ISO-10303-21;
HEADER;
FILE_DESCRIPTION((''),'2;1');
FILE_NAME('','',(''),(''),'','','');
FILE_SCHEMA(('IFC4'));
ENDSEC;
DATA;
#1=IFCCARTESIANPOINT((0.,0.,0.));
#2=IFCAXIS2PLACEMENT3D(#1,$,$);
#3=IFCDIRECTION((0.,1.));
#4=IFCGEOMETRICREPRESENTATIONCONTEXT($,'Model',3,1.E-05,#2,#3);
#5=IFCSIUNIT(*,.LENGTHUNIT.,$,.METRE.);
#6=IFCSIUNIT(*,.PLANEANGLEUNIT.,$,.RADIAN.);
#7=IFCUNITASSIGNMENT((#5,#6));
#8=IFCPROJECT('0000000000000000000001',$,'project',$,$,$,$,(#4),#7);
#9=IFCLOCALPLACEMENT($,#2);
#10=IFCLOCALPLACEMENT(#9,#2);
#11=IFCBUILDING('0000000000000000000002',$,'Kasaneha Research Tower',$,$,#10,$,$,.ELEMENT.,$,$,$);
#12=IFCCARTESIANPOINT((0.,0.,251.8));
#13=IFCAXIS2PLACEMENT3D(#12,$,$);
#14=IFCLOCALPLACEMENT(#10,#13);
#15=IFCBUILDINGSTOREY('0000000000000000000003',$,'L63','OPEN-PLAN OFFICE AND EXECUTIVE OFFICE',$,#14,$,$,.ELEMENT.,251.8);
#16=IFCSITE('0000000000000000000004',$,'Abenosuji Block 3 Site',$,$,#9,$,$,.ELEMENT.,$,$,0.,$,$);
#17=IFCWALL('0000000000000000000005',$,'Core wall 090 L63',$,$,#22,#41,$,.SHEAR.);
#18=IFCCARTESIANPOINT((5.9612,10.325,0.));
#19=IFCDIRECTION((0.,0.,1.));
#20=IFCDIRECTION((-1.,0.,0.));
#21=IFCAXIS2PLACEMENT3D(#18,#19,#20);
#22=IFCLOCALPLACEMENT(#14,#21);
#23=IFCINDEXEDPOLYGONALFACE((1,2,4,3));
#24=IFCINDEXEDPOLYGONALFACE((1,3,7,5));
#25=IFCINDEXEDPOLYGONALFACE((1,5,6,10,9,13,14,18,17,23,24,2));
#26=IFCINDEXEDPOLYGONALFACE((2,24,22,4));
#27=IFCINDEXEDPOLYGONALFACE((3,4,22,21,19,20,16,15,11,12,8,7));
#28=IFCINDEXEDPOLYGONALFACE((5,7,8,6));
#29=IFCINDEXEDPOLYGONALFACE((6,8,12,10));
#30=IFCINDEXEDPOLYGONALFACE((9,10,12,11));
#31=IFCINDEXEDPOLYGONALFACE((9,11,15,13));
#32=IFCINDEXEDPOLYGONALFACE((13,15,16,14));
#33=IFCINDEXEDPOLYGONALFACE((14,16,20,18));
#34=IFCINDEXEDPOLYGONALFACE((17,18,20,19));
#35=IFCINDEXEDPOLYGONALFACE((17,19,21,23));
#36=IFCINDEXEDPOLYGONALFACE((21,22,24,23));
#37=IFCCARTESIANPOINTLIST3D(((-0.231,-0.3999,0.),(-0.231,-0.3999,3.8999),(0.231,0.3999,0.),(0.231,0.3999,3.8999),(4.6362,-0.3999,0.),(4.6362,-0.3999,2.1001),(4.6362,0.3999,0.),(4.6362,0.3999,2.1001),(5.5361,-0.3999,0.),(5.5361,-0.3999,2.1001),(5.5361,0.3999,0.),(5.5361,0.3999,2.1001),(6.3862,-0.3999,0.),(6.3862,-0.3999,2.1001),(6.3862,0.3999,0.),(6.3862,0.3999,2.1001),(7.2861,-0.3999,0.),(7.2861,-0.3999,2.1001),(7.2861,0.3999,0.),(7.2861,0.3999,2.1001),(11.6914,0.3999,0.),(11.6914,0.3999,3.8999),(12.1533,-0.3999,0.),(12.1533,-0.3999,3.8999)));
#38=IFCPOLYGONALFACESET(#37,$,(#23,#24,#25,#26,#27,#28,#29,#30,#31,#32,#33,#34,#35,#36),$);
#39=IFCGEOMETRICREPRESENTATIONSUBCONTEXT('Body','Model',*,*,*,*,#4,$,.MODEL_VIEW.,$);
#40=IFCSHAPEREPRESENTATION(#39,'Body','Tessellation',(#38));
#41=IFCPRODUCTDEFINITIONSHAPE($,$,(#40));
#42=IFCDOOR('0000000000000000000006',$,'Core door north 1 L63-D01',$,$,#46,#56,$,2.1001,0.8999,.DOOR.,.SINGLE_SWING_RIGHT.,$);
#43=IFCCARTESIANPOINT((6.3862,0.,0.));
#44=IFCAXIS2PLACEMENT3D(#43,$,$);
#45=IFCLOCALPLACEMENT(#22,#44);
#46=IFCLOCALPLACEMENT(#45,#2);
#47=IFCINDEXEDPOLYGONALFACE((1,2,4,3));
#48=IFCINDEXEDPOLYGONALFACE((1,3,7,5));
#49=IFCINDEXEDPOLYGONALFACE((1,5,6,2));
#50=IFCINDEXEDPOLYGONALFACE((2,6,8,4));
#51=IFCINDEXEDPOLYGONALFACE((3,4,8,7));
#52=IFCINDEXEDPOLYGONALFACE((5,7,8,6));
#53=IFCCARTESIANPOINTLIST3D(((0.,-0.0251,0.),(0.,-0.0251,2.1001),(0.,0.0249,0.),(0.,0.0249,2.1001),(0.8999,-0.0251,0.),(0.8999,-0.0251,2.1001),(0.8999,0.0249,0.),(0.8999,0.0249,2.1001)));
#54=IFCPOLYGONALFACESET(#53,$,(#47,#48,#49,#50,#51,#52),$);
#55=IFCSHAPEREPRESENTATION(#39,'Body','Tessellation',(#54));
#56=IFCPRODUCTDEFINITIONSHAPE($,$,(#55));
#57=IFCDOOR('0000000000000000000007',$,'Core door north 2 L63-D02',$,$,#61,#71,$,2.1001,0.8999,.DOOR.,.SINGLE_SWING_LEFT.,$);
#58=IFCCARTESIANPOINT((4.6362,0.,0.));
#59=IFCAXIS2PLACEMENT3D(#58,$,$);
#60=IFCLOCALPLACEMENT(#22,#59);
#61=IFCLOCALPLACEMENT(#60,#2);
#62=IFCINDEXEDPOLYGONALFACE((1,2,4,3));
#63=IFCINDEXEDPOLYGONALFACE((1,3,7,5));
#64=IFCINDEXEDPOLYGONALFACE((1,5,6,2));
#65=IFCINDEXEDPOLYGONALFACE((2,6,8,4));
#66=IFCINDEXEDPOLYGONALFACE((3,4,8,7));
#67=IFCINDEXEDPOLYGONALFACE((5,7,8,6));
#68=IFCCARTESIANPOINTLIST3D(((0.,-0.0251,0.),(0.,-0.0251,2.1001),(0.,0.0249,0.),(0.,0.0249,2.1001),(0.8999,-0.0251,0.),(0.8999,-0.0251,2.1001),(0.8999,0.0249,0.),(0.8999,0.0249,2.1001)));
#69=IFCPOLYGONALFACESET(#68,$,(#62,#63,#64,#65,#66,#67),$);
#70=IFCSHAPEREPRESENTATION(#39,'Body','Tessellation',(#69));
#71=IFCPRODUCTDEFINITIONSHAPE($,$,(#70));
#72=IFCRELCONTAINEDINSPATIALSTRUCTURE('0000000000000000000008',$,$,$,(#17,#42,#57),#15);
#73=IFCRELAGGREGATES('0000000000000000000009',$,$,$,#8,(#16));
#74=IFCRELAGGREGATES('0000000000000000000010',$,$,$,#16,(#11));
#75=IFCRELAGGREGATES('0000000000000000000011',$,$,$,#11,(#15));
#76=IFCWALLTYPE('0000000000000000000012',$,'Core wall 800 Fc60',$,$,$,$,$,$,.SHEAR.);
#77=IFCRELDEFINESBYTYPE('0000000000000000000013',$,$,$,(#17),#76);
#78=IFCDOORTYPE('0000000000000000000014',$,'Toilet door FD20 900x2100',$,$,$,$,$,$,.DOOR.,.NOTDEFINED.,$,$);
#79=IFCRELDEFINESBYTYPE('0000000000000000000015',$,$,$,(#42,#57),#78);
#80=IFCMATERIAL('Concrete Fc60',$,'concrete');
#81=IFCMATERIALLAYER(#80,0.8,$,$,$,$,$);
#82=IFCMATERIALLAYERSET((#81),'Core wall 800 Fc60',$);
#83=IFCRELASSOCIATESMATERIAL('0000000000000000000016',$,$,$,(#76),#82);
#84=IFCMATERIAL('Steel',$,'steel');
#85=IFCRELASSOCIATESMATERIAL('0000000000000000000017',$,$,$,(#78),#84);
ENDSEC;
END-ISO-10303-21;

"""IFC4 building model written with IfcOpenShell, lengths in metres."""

from ifc_helpers import new_model, si_unit, direction, frame, frame_2d, origin, place, context, subcontext, project, spatial, polyline, rectangle, outline, extrude, material, layer, layer_set, type_object, element, fill, save


model = new_model("IFC4")

# Units and contexts
model_context = context("Model", 3, precision=1e-05, world=origin(), true_north=direction((0.0, 1.0)))
body_context = subcontext(model_context, "Body", "Model", "MODEL_VIEW")
ifc_project = project(units=[si_unit("LENGTHUNIT", "METRE"), si_unit("PLANEANGLEUNIT", "RADIAN")], contexts=[model_context])

# Site, building, storey
site_placement = place(None, origin())
site = spatial("IfcSite", under=ifc_project, at=site_placement, Name="Abenosuji Block 3 Site", CompositionType="ELEMENT", RefElevation=0.0)
building_placement = place(site_placement, origin())
building = spatial("IfcBuilding", under=site, at=building_placement, Name="Kasaneha Research Tower", CompositionType="ELEMENT")
storey_placement = place(building_placement, frame((0.0, 0.0, 251.8)))
storey = spatial("IfcBuildingStorey", under=building, at=storey_placement, Name="L63", Description="OPEN-PLAN OFFICE AND EXECUTIVE OFFICE", CompositionType="ELEMENT", Elevation=251.8)

# Wall, openings, doors
ifc_material_1 = material(Name="Concrete Fc60", Category="concrete")
ifc_layer_1 = layer(ifc_material_1, 0.8)
ifc_layer_set_1 = layer_set([ifc_layer_1], Name="Core wall 800 Fc60")
wall_type_1 = type_object("IfcWallType", Name="Core wall 800 Fc60", PredefinedType="SHEAR", material=ifc_layer_set_1)
wall_1_placement = place(storey_placement, frame((5.9612, 10.325, 0.0), z_axis=(0.0, 0.0, 1.0), x_axis=(-1.0, 0.0, 0.0)))
wall_1 = element("IfcWall", 1, at=wall_1_placement, inside=storey, type_object=wall_type_1, Name="Core wall 090 L63", PredefinedType="SHEAR", context=body_context, shape_type="SweptSolid", body=[
    extrude(outline(polyline([(-0.231, -0.3999), (4.6362, -0.3999), (5.5361, -0.3999), (6.3862, -0.3999), (7.2861, -0.3999), (12.1533, -0.3999), (11.6914, 0.3999), (7.2861, 0.3999), (6.3862, 0.3999), (5.5361, 0.3999), (4.6362, 0.3999), (0.231, 0.3999), (-0.231, -0.3999)])), origin(), (0.0, 0.0, 1.0), 3.8999),
])
opening_1_placement = place(wall_1_placement, frame((6.3862, 0.0, 0.0)))
opening_1 = element("IfcOpeningElement", 2, at=opening_1_placement, cuts=wall_1, PredefinedType="OPENING", context=body_context, shape_type="SweptSolid", body=[
    extrude(rectangle(XDim=0.8999, YDim=2.1001, at=frame_2d((0.45, 1.05))), frame((0.0, 0.4102, 0.0), z_axis=(0.0, -1.0, 0.0), x_axis=(1.0, 0.0, 0.0)), (0.0, 0.0, 1.0), 0.8201),
])
opening_2_placement = place(wall_1_placement, frame((4.6362, 0.0, 0.0)))
opening_2 = element("IfcOpeningElement", 3, at=opening_2_placement, cuts=wall_1, PredefinedType="OPENING", context=body_context, shape_type="SweptSolid", body=[
    extrude(rectangle(XDim=0.8999, YDim=2.1001, at=frame_2d((0.45, 1.05))), frame((0.0, 0.4102, 0.0), z_axis=(0.0, -1.0, 0.0), x_axis=(1.0, 0.0, 0.0)), (0.0, 0.0, 1.0), 0.8201),
])
ifc_material_2 = material(Name="Steel", Category="steel")
door_type_1 = type_object("IfcDoorType", Name="Toilet door FD20 900x2100", OperationType="NOTDEFINED", PredefinedType="DOOR", material=ifc_material_2)
door_1_placement = place(opening_1_placement, origin())
door_1 = element("IfcDoor", 4, at=door_1_placement, inside=storey, type_object=door_type_1, Name="Core door north 1 L63-D01", OperationType="SINGLE_SWING_RIGHT", OverallHeight=2.1001, OverallWidth=0.8999, PredefinedType="DOOR", context=body_context, shape_type="SweptSolid", body=[
    extrude(rectangle(XDim=0.8999, YDim=2.1001, at=frame_2d((0.45, 1.05))), frame((0.0, 0.0249, 0.0), z_axis=(0.0, -1.0, 0.0), x_axis=(1.0, 0.0, 0.0)), (0.0, 0.0, 1.0), 0.05),
])
fill(opening_1, door_1)
door_2_placement = place(opening_2_placement, origin())
door_2 = element("IfcDoor", 5, at=door_2_placement, inside=storey, type_object=door_type_1, Name="Core door north 2 L63-D02", OperationType="SINGLE_SWING_LEFT", OverallHeight=2.1001, OverallWidth=0.8999, PredefinedType="DOOR", context=body_context, shape_type="SweptSolid", body=[
    extrude(rectangle(XDim=0.8999, YDim=2.1001, at=frame_2d((0.45, 1.05))), frame((0.0, 0.0249, 0.0), z_axis=(0.0, -1.0, 0.0), x_axis=(1.0, 0.0, 0.0)), (0.0, 0.0, 1.0), 0.05),
])
fill(opening_2, door_2)

save(model, "model.ifc")
